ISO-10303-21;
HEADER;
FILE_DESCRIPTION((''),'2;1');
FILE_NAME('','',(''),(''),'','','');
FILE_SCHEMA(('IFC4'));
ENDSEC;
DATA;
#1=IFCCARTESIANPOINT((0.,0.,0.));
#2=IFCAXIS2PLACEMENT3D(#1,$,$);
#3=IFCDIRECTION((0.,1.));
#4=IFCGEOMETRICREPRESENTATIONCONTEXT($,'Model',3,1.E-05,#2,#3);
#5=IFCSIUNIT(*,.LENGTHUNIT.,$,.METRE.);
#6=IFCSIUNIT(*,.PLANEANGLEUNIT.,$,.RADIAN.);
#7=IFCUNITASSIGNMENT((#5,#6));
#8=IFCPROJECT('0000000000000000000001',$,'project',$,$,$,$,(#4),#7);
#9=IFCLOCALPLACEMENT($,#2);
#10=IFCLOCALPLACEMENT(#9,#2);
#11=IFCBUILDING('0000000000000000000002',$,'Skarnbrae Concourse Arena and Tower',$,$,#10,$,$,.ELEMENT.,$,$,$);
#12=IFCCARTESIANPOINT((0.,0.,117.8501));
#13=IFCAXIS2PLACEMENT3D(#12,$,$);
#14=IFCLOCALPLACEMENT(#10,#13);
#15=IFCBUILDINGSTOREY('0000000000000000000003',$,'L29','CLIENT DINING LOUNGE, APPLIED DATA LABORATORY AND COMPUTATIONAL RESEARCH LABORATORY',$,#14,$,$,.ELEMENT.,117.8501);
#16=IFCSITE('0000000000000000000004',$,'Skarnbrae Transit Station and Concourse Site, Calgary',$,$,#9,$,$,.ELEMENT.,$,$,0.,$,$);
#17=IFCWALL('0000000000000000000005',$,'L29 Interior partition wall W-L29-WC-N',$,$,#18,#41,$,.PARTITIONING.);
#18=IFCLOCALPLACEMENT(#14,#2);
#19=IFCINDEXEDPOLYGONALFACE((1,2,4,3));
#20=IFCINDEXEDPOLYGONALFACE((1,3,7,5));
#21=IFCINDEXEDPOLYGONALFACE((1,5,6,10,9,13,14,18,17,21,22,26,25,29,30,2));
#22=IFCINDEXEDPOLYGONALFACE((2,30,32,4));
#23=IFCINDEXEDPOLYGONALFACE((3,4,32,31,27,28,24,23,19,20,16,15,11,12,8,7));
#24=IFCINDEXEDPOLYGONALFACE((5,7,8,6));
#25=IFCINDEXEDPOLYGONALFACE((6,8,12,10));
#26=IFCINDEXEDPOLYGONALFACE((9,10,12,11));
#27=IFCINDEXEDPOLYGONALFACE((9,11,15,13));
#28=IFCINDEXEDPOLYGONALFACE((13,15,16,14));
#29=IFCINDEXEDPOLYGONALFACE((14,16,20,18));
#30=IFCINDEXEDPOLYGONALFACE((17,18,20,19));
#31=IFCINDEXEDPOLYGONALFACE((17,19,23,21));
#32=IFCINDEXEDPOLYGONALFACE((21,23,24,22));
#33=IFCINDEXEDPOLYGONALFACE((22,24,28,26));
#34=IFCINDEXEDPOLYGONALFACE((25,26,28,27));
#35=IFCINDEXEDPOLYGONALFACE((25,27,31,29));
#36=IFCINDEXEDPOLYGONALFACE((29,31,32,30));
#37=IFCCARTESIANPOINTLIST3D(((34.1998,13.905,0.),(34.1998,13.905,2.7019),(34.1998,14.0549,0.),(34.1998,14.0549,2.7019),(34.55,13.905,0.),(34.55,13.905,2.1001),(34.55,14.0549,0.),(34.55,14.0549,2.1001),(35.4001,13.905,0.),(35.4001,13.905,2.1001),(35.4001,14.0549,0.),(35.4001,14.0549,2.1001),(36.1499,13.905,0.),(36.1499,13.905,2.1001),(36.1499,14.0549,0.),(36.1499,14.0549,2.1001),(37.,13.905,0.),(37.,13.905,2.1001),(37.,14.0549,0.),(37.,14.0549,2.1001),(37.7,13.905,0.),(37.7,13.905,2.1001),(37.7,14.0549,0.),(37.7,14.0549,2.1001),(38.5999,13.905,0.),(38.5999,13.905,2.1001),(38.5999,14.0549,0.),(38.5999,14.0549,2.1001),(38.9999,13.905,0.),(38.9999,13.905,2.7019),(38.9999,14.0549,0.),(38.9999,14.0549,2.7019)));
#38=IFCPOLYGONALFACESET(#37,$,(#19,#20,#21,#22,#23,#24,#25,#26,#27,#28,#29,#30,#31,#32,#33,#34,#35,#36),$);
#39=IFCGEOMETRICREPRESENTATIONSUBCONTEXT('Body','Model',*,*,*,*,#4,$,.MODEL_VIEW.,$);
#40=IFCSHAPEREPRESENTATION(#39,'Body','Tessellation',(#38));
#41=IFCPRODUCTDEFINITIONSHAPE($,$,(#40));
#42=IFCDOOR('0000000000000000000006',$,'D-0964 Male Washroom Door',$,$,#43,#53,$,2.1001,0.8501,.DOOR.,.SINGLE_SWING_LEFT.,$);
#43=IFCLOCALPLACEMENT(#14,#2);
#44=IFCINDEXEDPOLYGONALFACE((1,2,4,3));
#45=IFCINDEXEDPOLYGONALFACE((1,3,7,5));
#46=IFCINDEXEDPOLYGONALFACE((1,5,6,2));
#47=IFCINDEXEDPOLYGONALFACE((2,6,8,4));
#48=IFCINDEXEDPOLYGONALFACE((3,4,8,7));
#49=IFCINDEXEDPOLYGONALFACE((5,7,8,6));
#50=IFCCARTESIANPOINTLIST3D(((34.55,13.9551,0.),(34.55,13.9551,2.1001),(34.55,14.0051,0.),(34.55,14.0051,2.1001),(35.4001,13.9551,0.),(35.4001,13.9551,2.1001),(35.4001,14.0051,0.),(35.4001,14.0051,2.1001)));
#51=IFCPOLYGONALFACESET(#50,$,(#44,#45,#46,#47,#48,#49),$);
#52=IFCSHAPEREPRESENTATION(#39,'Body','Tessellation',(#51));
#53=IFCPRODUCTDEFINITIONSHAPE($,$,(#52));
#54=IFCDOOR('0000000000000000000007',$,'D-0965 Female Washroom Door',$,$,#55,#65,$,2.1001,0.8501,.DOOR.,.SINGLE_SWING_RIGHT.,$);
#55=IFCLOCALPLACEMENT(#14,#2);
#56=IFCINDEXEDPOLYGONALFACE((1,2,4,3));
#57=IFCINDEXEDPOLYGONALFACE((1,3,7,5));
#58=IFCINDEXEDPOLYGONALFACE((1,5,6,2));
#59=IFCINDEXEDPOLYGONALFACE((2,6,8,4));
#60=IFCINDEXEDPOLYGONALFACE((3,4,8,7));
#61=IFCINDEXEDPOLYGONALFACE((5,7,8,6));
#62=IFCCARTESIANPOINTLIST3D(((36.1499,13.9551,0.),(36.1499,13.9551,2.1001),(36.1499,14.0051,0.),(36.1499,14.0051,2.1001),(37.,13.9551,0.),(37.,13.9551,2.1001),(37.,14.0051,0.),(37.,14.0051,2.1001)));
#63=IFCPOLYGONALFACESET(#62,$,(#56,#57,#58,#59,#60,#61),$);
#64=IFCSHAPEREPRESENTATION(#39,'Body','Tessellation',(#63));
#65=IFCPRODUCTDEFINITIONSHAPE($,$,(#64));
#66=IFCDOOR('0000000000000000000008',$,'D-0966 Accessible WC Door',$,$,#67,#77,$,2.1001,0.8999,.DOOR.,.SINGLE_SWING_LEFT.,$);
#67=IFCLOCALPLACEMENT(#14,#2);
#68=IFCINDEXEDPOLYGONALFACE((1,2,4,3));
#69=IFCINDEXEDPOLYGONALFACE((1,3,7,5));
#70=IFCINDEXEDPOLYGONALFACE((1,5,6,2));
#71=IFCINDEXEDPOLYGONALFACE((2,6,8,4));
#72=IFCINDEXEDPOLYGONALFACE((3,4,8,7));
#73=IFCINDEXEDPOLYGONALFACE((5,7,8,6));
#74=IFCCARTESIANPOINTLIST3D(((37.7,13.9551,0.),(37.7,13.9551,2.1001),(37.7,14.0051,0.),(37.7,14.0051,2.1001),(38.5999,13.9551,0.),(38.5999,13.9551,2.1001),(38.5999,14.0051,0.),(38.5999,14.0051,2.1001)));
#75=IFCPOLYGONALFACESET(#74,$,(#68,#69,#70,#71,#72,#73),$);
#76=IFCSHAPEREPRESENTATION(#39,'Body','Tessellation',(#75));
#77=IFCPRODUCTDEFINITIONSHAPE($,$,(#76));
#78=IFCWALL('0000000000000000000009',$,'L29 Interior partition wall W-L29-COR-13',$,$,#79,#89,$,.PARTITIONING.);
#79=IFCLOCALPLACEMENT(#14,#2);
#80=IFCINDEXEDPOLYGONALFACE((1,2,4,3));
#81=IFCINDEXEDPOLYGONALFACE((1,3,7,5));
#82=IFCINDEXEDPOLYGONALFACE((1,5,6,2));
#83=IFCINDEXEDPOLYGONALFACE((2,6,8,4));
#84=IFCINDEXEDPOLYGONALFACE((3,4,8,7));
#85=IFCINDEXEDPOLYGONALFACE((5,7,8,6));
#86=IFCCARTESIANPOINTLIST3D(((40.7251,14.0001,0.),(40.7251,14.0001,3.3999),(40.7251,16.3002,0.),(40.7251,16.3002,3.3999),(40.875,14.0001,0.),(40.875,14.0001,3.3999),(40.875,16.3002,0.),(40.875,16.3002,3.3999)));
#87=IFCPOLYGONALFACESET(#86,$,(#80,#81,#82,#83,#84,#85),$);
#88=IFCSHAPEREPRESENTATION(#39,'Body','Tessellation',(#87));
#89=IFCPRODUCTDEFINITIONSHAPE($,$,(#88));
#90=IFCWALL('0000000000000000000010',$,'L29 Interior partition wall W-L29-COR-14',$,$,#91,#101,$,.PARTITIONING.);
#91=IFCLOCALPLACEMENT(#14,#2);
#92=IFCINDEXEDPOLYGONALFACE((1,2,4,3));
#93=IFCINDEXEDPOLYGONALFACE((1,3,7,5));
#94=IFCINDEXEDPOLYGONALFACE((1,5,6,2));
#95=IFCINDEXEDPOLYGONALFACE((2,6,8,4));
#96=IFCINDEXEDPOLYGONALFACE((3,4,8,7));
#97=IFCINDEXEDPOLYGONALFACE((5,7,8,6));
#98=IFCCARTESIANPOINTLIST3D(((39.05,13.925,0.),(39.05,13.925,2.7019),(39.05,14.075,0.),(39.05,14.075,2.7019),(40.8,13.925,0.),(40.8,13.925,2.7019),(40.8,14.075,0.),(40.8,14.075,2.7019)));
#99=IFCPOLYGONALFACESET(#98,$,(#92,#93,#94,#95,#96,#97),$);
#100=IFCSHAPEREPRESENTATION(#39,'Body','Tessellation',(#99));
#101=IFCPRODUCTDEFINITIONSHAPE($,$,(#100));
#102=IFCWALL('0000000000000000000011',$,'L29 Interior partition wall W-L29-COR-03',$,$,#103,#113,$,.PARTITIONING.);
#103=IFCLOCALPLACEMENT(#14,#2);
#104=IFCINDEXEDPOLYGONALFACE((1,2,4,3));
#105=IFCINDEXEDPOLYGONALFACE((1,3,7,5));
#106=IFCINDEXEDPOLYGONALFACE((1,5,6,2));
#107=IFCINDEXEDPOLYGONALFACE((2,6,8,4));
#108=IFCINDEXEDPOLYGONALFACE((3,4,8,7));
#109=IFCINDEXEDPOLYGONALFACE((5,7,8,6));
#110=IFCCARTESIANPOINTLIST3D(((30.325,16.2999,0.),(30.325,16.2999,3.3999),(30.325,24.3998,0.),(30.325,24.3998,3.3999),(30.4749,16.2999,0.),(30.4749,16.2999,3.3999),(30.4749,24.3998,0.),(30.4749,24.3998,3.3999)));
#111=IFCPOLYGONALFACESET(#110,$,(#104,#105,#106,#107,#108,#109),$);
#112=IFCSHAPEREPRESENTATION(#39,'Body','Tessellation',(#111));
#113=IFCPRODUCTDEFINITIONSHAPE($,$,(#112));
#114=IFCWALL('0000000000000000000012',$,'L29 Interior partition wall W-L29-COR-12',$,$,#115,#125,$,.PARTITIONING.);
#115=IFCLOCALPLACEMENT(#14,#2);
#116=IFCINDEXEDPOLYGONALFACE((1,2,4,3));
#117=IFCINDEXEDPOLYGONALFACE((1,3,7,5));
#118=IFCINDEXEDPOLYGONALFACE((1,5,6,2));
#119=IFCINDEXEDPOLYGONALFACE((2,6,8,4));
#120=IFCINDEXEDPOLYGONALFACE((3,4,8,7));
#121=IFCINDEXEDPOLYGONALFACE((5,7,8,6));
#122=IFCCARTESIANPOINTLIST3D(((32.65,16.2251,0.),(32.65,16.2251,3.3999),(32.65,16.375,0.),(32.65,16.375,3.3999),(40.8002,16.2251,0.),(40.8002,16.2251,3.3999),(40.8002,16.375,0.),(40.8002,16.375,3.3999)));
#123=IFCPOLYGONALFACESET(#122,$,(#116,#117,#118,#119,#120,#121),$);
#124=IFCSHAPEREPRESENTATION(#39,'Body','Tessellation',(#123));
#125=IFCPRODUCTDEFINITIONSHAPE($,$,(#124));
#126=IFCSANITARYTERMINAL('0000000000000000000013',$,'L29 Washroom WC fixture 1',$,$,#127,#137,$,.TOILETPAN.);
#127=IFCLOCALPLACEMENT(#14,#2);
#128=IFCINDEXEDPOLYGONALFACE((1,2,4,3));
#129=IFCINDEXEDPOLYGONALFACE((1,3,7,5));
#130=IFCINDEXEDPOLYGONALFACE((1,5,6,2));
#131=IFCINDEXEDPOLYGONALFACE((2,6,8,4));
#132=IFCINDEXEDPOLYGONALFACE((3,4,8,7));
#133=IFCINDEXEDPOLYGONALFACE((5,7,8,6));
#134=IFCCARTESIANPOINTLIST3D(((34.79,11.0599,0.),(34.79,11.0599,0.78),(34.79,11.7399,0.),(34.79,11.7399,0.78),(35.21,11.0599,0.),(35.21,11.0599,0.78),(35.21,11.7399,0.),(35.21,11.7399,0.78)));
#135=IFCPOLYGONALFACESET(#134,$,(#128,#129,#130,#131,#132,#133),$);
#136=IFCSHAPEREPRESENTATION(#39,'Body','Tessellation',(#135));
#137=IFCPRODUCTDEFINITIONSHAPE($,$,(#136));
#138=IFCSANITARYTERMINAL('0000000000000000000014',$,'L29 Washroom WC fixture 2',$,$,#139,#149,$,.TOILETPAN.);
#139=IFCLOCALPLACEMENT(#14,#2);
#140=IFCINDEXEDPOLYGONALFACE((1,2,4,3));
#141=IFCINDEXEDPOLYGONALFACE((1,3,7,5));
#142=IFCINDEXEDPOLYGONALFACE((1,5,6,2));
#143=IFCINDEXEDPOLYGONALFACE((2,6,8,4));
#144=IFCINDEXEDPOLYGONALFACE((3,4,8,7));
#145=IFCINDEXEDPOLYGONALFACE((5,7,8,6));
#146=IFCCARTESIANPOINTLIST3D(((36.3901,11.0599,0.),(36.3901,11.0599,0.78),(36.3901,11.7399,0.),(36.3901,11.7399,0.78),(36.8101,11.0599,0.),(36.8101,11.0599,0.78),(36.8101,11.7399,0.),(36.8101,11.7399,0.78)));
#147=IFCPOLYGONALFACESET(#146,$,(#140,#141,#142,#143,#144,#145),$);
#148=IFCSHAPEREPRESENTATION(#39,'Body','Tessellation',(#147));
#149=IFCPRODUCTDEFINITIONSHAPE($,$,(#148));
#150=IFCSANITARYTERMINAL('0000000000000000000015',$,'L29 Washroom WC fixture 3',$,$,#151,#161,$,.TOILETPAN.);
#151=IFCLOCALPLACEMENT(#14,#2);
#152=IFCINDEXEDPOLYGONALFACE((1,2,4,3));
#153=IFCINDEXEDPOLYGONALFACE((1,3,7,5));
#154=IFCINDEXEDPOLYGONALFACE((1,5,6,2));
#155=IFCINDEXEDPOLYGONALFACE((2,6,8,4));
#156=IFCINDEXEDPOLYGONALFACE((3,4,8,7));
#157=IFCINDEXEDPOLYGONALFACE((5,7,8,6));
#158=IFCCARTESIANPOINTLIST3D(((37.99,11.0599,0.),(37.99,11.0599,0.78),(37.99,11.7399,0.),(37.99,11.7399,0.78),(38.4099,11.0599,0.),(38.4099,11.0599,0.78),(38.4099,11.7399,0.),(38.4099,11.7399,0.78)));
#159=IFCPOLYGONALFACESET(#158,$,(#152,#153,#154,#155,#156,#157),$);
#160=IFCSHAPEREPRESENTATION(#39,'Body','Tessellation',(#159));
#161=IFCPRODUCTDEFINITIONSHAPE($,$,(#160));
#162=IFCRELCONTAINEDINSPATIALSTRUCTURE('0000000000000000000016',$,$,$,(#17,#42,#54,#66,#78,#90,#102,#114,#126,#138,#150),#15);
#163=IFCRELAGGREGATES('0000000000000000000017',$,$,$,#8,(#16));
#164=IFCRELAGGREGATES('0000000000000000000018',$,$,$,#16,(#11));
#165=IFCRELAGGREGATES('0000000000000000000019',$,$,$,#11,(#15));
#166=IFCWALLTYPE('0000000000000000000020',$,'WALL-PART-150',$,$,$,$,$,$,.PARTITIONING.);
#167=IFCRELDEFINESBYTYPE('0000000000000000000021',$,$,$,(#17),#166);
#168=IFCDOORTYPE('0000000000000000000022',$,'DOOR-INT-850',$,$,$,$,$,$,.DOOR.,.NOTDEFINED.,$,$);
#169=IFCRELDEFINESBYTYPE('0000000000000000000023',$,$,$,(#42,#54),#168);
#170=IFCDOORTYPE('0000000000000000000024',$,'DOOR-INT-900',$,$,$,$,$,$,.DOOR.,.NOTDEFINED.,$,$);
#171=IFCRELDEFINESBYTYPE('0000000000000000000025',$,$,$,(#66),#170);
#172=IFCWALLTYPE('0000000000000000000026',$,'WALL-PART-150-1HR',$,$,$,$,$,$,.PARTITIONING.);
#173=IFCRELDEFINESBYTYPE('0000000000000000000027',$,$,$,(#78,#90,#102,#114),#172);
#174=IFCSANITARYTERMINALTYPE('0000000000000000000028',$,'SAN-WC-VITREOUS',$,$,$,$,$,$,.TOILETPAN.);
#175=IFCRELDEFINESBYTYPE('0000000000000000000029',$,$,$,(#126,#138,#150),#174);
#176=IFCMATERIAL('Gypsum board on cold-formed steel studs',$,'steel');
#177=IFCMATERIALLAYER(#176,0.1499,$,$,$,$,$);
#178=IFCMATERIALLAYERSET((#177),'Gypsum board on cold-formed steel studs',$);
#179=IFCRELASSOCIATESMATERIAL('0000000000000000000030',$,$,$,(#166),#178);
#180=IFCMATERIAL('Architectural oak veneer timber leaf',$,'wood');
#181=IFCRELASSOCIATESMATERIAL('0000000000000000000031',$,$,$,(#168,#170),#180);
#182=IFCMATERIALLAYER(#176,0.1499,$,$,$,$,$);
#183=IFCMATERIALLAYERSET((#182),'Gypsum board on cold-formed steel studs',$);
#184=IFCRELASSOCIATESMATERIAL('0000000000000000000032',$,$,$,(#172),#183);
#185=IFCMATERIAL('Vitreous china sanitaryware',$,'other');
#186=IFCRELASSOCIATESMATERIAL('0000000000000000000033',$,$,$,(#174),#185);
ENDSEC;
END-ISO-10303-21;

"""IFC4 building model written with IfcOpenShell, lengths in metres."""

from ifc_helpers import new_model, si_unit, direction, frame, frame_2d, origin, origin_2d, place, context, subcontext, project, spatial, rectangle, extrude, source, transform, mapped, material, layer, layer_set, type_object, element, fill, save


model = new_model("IFC4")

# Units and contexts
model_context = context("Model", 3, precision=1e-05, world=origin(), true_north=direction((0.0, 1.0)))
body_context = subcontext(model_context, "Body", "Model", "MODEL_VIEW")
ifc_project = project(units=[si_unit("LENGTHUNIT", "METRE"), si_unit("PLANEANGLEUNIT", "RADIAN")], contexts=[model_context])

# Site, building, storey
site_placement = place(None, origin())
site = spatial("IfcSite", under=ifc_project, at=site_placement, Name="Skarnbrae Transit Station and Concourse Site, Calgary", CompositionType="ELEMENT", RefElevation=0.0)
building_placement = place(site_placement, origin())
building = spatial("IfcBuilding", under=site, at=building_placement, Name="Skarnbrae Concourse Arena and Tower", CompositionType="ELEMENT")
storey_placement = place(building_placement, frame((0.0, 0.0, 117.8501)))
storey = spatial("IfcBuildingStorey", under=building, at=storey_placement, Name="L29", Description="CLIENT DINING LOUNGE, APPLIED DATA LABORATORY AND COMPUTATIONAL RESEARCH LABORATORY", CompositionType="ELEMENT", Elevation=117.8501)

# Wall, openings, doors
ifc_material_1 = material(Name="Gypsum board on cold-formed steel studs", Category="steel")
ifc_layer_1 = layer(ifc_material_1, 0.1499)
ifc_layer_set_1 = layer_set([ifc_layer_1], Name="Gypsum board on cold-formed steel studs")
wall_type_1 = type_object("IfcWallType", Name="WALL-PART-150", PredefinedType="PARTITIONING", material=ifc_layer_set_1)
shared_shape_1 = source(origin(), body_context, "Body", "SweptSolid", [
    extrude(rectangle(XDim=4.8, YDim=0.1499, at=frame_2d((2.3999, 0.0))), origin(), (0.0, 0.0, 1.0), 2.7019),
])
wall_1_placement = place(storey_placement, frame((34.2, 13.98, 0.0), z_axis=(0.0, 0.0, 1.0), x_axis=(1.0, 0.0, 0.0)))
wall_1 = element("IfcWall", 1, at=wall_1_placement, inside=storey, type_object=wall_type_1, Name="L29 Interior partition wall W-L29-WC-N", PredefinedType="PARTITIONING", context=body_context, shape_type="MappedRepresentation", body=[
    mapped(shared_shape_1, transform((0.0, 0.0, 0.0))),
])
opening_1_placement = place(wall_1_placement, frame((0.3501, 0.0, 0.0)))
opening_1 = element("IfcOpeningElement", 2, at=opening_1_placement, cuts=wall_1, PredefinedType="OPENING", context=body_context, shape_type="SweptSolid", body=[
    extrude(rectangle(XDim=0.8501, YDim=2.1001, at=frame_2d((0.425, 1.05))), frame((0.0, 0.085, 0.0), z_axis=(0.0, -1.0, 0.0), x_axis=(1.0, 0.0, 0.0)), (0.0, 0.0, 1.0), 0.1699),
])
opening_2_placement = place(wall_1_placement, frame((1.95, 0.0, 0.0)))
opening_2 = element("IfcOpeningElement", 3, at=opening_2_placement, cuts=wall_1, PredefinedType="OPENING", context=body_context, shape_type="SweptSolid", body=[
    extrude(rectangle(XDim=0.8501, YDim=2.1001, at=frame_2d((0.425, 1.05))), frame((0.0, 0.085, 0.0), z_axis=(0.0, -1.0, 0.0), x_axis=(1.0, 0.0, 0.0)), (0.0, 0.0, 1.0), 0.1699),
])
opening_3_placement = place(wall_1_placement, frame((3.5, 0.0, 0.0)))
opening_3 = element("IfcOpeningElement", 4, at=opening_3_placement, cuts=wall_1, PredefinedType="OPENING", context=body_context, shape_type="SweptSolid", body=[
    extrude(rectangle(XDim=0.8999, YDim=2.1001, at=frame_2d((0.45, 1.05))), frame((0.0, 0.085, 0.0), z_axis=(0.0, -1.0, 0.0), x_axis=(1.0, 0.0, 0.0)), (0.0, 0.0, 1.0), 0.1699),
])
ifc_material_2 = material(Name="Architectural oak veneer timber leaf", Category="wood")
door_type_1 = type_object("IfcDoorType", Name="DOOR-INT-850", OperationType="NOTDEFINED", PredefinedType="DOOR", material=ifc_material_2)
shared_shape_2 = source(origin(), body_context, "Body", "SweptSolid", [
    extrude(rectangle(XDim=0.8501, YDim=2.1001, at=frame_2d((0.425, 1.05))), frame((0.0, 0.0249, 0.0), z_axis=(0.0, -1.0, 0.0), x_axis=(1.0, 0.0, 0.0)), (0.0, 0.0, 1.0), 0.05),
])
door_1_placement = place(opening_1_placement, frame((0.8501, 0.0, 0.0), z_axis=(0.0, 0.0, 1.0), x_axis=(-1.0, 0.0, 0.0)))
door_1 = element("IfcDoor", 5, at=door_1_placement, inside=storey, type_object=door_type_1, Name="D-0964 Male Washroom Door", OperationType="SINGLE_SWING_LEFT", OverallHeight=2.1001, OverallWidth=0.8501, PredefinedType="DOOR", context=body_context, shape_type="MappedRepresentation", body=[
    mapped(shared_shape_2, transform((0.0, 0.0, 0.0))),
])
fill(opening_1, door_1)
door_2_placement = place(opening_2_placement, frame((0.8501, 0.0, 0.0), z_axis=(0.0, 0.0, 1.0), x_axis=(-1.0, 0.0, 0.0)))
door_2 = element("IfcDoor", 6, at=door_2_placement, inside=storey, type_object=door_type_1, Name="D-0965 Female Washroom Door", OperationType="SINGLE_SWING_RIGHT", OverallHeight=2.1001, OverallWidth=0.8501, PredefinedType="DOOR", context=body_context, shape_type="MappedRepresentation", body=[
    mapped(shared_shape_2, transform((0.0, 0.0, 0.0))),
])
fill(opening_2, door_2)
door_type_2 = type_object("IfcDoorType", Name="DOOR-INT-900", OperationType="NOTDEFINED", PredefinedType="DOOR", material=ifc_material_2)
shared_shape_3 = source(origin(), body_context, "Body", "SweptSolid", [
    extrude(rectangle(XDim=0.8999, YDim=2.1001, at=frame_2d((0.45, 1.05))), frame((0.0, 0.0249, 0.0), z_axis=(0.0, -1.0, 0.0), x_axis=(1.0, 0.0, 0.0)), (0.0, 0.0, 1.0), 0.05),
])
door_3_placement = place(opening_3_placement, frame((0.8999, 0.0, 0.0), z_axis=(0.0, 0.0, 1.0), x_axis=(-1.0, 0.0, 0.0)))
door_3 = element("IfcDoor", 7, at=door_3_placement, inside=storey, type_object=door_type_2, Name="D-0966 Accessible WC Door", OperationType="SINGLE_SWING_LEFT", OverallHeight=2.1001, OverallWidth=0.8999, PredefinedType="DOOR", context=body_context, shape_type="MappedRepresentation", body=[
    mapped(shared_shape_3, transform((0.0, 0.0, 0.0))),
])
fill(opening_3, door_3)

# Walls
ifc_layer_2 = layer(ifc_material_1, 0.1499)
ifc_layer_set_2 = layer_set([ifc_layer_2], Name="Gypsum board on cold-formed steel studs")
wall_type_2 = type_object("IfcWallType", Name="WALL-PART-150-1HR", PredefinedType="PARTITIONING", material=ifc_layer_set_2)
shared_shape_4 = source(origin(), body_context, "Body", "SweptSolid", [
    extrude(rectangle(XDim=2.3, YDim=0.1499, at=frame_2d((1.1499, 0.0))), origin(), (0.0, 0.0, 1.0), 3.3999),
])
wall_2_placement = place(storey_placement, frame((40.8, 16.3, 0.0), z_axis=(0.0, 0.0, 1.0), x_axis=(0.0, -1.0, 0.0)))
element("IfcWall", 8, at=wall_2_placement, inside=storey, type_object=wall_type_2, Name="L29 Interior partition wall W-L29-COR-13", PredefinedType="PARTITIONING", context=body_context, shape_type="MappedRepresentation", body=[
    mapped(shared_shape_4, transform((0.0, 0.0, 0.0))),
])
shared_shape_5 = source(origin(), body_context, "Body", "SweptSolid", [
    extrude(rectangle(XDim=1.75, YDim=0.1499, at=frame_2d((0.875, 0.0))), origin(), (0.0, 0.0, 1.0), 2.7019),
])
wall_3_placement = place(storey_placement, frame((40.8, 14.0, 0.0), z_axis=(0.0, 0.0, 1.0), x_axis=(-1.0, 0.0, 0.0)))
element("IfcWall", 9, at=wall_3_placement, inside=storey, type_object=wall_type_2, Name="L29 Interior partition wall W-L29-COR-14", PredefinedType="PARTITIONING", context=body_context, shape_type="MappedRepresentation", body=[
    mapped(shared_shape_5, transform((0.0, 0.0, 0.0))),
])
shared_shape_6 = source(origin(), body_context, "Body", "SweptSolid", [
    extrude(rectangle(XDim=8.0999, YDim=0.1499, at=frame_2d((4.0498, 0.0))), origin(), (0.0, 0.0, 1.0), 3.3999),
])
wall_4_placement = place(storey_placement, frame((30.3999, 16.3, 0.0), z_axis=(0.0, 0.0, 1.0), x_axis=(0.0, 1.0, 0.0)))
element("IfcWall", 10, at=wall_4_placement, inside=storey, type_object=wall_type_2, Name="L29 Interior partition wall W-L29-COR-03", PredefinedType="PARTITIONING", context=body_context, shape_type="MappedRepresentation", body=[
    mapped(shared_shape_6, transform((0.0, 0.0, 0.0))),
])
shared_shape_7 = source(origin(), body_context, "Body", "SweptSolid", [
    extrude(rectangle(XDim=8.1501, YDim=0.1499, at=frame_2d((4.0752, 0.0))), origin(), (0.0, 0.0, 1.0), 3.3999),
])
wall_5_placement = place(storey_placement, frame((32.6499, 16.3, 0.0), z_axis=(0.0, 0.0, 1.0), x_axis=(1.0, 0.0, 0.0)))
element("IfcWall", 11, at=wall_5_placement, inside=storey, type_object=wall_type_2, Name="L29 Interior partition wall W-L29-COR-12", PredefinedType="PARTITIONING", context=body_context, shape_type="MappedRepresentation", body=[
    mapped(shared_shape_7, transform((0.0, 0.0, 0.0))),
])

# Sanitary terminals
ifc_material_3 = material(Name="Vitreous china sanitaryware", Category="other")
sanitary_terminal_type = type_object("IfcSanitaryTerminalType", Name="SAN-WC-VITREOUS", PredefinedType="TOILETPAN", material=ifc_material_3)
shared_shape_8 = source(origin(), body_context, "Body", "SweptSolid", [
    extrude(rectangle(XDim=0.4199, YDim=0.6799, at=origin_2d()), origin(), (0.0, 0.0, 1.0), 0.78),
])
for number, where, z_axis, x_axis, name in (
    (12, (35.0, 11.3999, 0.0), (0.0, 0.0, 1.0), (1.0, 0.0, 0.0), "L29 Washroom WC fixture 1"),
    (13, (36.6001, 11.3999, 0.0), (0.0, 0.0, 1.0), (1.0, 0.0, 0.0), "L29 Washroom WC fixture 2"),
    (14, (38.2, 11.3999, 0.0), (0.0, 0.0, 1.0), (1.0, 0.0, 0.0), "L29 Washroom WC fixture 3"),
):
    element("IfcSanitaryTerminal", number, at=place(storey_placement, frame(where, z_axis=z_axis, x_axis=x_axis)), inside=storey, type_object=sanitary_terminal_type, Name=name, PredefinedType="TOILETPAN", context=body_context, shape_type="MappedRepresentation", body=[
        mapped(shared_shape_8, transform((0.0, 0.0, 0.0))),
    ])

save(model, "model.ifc")
